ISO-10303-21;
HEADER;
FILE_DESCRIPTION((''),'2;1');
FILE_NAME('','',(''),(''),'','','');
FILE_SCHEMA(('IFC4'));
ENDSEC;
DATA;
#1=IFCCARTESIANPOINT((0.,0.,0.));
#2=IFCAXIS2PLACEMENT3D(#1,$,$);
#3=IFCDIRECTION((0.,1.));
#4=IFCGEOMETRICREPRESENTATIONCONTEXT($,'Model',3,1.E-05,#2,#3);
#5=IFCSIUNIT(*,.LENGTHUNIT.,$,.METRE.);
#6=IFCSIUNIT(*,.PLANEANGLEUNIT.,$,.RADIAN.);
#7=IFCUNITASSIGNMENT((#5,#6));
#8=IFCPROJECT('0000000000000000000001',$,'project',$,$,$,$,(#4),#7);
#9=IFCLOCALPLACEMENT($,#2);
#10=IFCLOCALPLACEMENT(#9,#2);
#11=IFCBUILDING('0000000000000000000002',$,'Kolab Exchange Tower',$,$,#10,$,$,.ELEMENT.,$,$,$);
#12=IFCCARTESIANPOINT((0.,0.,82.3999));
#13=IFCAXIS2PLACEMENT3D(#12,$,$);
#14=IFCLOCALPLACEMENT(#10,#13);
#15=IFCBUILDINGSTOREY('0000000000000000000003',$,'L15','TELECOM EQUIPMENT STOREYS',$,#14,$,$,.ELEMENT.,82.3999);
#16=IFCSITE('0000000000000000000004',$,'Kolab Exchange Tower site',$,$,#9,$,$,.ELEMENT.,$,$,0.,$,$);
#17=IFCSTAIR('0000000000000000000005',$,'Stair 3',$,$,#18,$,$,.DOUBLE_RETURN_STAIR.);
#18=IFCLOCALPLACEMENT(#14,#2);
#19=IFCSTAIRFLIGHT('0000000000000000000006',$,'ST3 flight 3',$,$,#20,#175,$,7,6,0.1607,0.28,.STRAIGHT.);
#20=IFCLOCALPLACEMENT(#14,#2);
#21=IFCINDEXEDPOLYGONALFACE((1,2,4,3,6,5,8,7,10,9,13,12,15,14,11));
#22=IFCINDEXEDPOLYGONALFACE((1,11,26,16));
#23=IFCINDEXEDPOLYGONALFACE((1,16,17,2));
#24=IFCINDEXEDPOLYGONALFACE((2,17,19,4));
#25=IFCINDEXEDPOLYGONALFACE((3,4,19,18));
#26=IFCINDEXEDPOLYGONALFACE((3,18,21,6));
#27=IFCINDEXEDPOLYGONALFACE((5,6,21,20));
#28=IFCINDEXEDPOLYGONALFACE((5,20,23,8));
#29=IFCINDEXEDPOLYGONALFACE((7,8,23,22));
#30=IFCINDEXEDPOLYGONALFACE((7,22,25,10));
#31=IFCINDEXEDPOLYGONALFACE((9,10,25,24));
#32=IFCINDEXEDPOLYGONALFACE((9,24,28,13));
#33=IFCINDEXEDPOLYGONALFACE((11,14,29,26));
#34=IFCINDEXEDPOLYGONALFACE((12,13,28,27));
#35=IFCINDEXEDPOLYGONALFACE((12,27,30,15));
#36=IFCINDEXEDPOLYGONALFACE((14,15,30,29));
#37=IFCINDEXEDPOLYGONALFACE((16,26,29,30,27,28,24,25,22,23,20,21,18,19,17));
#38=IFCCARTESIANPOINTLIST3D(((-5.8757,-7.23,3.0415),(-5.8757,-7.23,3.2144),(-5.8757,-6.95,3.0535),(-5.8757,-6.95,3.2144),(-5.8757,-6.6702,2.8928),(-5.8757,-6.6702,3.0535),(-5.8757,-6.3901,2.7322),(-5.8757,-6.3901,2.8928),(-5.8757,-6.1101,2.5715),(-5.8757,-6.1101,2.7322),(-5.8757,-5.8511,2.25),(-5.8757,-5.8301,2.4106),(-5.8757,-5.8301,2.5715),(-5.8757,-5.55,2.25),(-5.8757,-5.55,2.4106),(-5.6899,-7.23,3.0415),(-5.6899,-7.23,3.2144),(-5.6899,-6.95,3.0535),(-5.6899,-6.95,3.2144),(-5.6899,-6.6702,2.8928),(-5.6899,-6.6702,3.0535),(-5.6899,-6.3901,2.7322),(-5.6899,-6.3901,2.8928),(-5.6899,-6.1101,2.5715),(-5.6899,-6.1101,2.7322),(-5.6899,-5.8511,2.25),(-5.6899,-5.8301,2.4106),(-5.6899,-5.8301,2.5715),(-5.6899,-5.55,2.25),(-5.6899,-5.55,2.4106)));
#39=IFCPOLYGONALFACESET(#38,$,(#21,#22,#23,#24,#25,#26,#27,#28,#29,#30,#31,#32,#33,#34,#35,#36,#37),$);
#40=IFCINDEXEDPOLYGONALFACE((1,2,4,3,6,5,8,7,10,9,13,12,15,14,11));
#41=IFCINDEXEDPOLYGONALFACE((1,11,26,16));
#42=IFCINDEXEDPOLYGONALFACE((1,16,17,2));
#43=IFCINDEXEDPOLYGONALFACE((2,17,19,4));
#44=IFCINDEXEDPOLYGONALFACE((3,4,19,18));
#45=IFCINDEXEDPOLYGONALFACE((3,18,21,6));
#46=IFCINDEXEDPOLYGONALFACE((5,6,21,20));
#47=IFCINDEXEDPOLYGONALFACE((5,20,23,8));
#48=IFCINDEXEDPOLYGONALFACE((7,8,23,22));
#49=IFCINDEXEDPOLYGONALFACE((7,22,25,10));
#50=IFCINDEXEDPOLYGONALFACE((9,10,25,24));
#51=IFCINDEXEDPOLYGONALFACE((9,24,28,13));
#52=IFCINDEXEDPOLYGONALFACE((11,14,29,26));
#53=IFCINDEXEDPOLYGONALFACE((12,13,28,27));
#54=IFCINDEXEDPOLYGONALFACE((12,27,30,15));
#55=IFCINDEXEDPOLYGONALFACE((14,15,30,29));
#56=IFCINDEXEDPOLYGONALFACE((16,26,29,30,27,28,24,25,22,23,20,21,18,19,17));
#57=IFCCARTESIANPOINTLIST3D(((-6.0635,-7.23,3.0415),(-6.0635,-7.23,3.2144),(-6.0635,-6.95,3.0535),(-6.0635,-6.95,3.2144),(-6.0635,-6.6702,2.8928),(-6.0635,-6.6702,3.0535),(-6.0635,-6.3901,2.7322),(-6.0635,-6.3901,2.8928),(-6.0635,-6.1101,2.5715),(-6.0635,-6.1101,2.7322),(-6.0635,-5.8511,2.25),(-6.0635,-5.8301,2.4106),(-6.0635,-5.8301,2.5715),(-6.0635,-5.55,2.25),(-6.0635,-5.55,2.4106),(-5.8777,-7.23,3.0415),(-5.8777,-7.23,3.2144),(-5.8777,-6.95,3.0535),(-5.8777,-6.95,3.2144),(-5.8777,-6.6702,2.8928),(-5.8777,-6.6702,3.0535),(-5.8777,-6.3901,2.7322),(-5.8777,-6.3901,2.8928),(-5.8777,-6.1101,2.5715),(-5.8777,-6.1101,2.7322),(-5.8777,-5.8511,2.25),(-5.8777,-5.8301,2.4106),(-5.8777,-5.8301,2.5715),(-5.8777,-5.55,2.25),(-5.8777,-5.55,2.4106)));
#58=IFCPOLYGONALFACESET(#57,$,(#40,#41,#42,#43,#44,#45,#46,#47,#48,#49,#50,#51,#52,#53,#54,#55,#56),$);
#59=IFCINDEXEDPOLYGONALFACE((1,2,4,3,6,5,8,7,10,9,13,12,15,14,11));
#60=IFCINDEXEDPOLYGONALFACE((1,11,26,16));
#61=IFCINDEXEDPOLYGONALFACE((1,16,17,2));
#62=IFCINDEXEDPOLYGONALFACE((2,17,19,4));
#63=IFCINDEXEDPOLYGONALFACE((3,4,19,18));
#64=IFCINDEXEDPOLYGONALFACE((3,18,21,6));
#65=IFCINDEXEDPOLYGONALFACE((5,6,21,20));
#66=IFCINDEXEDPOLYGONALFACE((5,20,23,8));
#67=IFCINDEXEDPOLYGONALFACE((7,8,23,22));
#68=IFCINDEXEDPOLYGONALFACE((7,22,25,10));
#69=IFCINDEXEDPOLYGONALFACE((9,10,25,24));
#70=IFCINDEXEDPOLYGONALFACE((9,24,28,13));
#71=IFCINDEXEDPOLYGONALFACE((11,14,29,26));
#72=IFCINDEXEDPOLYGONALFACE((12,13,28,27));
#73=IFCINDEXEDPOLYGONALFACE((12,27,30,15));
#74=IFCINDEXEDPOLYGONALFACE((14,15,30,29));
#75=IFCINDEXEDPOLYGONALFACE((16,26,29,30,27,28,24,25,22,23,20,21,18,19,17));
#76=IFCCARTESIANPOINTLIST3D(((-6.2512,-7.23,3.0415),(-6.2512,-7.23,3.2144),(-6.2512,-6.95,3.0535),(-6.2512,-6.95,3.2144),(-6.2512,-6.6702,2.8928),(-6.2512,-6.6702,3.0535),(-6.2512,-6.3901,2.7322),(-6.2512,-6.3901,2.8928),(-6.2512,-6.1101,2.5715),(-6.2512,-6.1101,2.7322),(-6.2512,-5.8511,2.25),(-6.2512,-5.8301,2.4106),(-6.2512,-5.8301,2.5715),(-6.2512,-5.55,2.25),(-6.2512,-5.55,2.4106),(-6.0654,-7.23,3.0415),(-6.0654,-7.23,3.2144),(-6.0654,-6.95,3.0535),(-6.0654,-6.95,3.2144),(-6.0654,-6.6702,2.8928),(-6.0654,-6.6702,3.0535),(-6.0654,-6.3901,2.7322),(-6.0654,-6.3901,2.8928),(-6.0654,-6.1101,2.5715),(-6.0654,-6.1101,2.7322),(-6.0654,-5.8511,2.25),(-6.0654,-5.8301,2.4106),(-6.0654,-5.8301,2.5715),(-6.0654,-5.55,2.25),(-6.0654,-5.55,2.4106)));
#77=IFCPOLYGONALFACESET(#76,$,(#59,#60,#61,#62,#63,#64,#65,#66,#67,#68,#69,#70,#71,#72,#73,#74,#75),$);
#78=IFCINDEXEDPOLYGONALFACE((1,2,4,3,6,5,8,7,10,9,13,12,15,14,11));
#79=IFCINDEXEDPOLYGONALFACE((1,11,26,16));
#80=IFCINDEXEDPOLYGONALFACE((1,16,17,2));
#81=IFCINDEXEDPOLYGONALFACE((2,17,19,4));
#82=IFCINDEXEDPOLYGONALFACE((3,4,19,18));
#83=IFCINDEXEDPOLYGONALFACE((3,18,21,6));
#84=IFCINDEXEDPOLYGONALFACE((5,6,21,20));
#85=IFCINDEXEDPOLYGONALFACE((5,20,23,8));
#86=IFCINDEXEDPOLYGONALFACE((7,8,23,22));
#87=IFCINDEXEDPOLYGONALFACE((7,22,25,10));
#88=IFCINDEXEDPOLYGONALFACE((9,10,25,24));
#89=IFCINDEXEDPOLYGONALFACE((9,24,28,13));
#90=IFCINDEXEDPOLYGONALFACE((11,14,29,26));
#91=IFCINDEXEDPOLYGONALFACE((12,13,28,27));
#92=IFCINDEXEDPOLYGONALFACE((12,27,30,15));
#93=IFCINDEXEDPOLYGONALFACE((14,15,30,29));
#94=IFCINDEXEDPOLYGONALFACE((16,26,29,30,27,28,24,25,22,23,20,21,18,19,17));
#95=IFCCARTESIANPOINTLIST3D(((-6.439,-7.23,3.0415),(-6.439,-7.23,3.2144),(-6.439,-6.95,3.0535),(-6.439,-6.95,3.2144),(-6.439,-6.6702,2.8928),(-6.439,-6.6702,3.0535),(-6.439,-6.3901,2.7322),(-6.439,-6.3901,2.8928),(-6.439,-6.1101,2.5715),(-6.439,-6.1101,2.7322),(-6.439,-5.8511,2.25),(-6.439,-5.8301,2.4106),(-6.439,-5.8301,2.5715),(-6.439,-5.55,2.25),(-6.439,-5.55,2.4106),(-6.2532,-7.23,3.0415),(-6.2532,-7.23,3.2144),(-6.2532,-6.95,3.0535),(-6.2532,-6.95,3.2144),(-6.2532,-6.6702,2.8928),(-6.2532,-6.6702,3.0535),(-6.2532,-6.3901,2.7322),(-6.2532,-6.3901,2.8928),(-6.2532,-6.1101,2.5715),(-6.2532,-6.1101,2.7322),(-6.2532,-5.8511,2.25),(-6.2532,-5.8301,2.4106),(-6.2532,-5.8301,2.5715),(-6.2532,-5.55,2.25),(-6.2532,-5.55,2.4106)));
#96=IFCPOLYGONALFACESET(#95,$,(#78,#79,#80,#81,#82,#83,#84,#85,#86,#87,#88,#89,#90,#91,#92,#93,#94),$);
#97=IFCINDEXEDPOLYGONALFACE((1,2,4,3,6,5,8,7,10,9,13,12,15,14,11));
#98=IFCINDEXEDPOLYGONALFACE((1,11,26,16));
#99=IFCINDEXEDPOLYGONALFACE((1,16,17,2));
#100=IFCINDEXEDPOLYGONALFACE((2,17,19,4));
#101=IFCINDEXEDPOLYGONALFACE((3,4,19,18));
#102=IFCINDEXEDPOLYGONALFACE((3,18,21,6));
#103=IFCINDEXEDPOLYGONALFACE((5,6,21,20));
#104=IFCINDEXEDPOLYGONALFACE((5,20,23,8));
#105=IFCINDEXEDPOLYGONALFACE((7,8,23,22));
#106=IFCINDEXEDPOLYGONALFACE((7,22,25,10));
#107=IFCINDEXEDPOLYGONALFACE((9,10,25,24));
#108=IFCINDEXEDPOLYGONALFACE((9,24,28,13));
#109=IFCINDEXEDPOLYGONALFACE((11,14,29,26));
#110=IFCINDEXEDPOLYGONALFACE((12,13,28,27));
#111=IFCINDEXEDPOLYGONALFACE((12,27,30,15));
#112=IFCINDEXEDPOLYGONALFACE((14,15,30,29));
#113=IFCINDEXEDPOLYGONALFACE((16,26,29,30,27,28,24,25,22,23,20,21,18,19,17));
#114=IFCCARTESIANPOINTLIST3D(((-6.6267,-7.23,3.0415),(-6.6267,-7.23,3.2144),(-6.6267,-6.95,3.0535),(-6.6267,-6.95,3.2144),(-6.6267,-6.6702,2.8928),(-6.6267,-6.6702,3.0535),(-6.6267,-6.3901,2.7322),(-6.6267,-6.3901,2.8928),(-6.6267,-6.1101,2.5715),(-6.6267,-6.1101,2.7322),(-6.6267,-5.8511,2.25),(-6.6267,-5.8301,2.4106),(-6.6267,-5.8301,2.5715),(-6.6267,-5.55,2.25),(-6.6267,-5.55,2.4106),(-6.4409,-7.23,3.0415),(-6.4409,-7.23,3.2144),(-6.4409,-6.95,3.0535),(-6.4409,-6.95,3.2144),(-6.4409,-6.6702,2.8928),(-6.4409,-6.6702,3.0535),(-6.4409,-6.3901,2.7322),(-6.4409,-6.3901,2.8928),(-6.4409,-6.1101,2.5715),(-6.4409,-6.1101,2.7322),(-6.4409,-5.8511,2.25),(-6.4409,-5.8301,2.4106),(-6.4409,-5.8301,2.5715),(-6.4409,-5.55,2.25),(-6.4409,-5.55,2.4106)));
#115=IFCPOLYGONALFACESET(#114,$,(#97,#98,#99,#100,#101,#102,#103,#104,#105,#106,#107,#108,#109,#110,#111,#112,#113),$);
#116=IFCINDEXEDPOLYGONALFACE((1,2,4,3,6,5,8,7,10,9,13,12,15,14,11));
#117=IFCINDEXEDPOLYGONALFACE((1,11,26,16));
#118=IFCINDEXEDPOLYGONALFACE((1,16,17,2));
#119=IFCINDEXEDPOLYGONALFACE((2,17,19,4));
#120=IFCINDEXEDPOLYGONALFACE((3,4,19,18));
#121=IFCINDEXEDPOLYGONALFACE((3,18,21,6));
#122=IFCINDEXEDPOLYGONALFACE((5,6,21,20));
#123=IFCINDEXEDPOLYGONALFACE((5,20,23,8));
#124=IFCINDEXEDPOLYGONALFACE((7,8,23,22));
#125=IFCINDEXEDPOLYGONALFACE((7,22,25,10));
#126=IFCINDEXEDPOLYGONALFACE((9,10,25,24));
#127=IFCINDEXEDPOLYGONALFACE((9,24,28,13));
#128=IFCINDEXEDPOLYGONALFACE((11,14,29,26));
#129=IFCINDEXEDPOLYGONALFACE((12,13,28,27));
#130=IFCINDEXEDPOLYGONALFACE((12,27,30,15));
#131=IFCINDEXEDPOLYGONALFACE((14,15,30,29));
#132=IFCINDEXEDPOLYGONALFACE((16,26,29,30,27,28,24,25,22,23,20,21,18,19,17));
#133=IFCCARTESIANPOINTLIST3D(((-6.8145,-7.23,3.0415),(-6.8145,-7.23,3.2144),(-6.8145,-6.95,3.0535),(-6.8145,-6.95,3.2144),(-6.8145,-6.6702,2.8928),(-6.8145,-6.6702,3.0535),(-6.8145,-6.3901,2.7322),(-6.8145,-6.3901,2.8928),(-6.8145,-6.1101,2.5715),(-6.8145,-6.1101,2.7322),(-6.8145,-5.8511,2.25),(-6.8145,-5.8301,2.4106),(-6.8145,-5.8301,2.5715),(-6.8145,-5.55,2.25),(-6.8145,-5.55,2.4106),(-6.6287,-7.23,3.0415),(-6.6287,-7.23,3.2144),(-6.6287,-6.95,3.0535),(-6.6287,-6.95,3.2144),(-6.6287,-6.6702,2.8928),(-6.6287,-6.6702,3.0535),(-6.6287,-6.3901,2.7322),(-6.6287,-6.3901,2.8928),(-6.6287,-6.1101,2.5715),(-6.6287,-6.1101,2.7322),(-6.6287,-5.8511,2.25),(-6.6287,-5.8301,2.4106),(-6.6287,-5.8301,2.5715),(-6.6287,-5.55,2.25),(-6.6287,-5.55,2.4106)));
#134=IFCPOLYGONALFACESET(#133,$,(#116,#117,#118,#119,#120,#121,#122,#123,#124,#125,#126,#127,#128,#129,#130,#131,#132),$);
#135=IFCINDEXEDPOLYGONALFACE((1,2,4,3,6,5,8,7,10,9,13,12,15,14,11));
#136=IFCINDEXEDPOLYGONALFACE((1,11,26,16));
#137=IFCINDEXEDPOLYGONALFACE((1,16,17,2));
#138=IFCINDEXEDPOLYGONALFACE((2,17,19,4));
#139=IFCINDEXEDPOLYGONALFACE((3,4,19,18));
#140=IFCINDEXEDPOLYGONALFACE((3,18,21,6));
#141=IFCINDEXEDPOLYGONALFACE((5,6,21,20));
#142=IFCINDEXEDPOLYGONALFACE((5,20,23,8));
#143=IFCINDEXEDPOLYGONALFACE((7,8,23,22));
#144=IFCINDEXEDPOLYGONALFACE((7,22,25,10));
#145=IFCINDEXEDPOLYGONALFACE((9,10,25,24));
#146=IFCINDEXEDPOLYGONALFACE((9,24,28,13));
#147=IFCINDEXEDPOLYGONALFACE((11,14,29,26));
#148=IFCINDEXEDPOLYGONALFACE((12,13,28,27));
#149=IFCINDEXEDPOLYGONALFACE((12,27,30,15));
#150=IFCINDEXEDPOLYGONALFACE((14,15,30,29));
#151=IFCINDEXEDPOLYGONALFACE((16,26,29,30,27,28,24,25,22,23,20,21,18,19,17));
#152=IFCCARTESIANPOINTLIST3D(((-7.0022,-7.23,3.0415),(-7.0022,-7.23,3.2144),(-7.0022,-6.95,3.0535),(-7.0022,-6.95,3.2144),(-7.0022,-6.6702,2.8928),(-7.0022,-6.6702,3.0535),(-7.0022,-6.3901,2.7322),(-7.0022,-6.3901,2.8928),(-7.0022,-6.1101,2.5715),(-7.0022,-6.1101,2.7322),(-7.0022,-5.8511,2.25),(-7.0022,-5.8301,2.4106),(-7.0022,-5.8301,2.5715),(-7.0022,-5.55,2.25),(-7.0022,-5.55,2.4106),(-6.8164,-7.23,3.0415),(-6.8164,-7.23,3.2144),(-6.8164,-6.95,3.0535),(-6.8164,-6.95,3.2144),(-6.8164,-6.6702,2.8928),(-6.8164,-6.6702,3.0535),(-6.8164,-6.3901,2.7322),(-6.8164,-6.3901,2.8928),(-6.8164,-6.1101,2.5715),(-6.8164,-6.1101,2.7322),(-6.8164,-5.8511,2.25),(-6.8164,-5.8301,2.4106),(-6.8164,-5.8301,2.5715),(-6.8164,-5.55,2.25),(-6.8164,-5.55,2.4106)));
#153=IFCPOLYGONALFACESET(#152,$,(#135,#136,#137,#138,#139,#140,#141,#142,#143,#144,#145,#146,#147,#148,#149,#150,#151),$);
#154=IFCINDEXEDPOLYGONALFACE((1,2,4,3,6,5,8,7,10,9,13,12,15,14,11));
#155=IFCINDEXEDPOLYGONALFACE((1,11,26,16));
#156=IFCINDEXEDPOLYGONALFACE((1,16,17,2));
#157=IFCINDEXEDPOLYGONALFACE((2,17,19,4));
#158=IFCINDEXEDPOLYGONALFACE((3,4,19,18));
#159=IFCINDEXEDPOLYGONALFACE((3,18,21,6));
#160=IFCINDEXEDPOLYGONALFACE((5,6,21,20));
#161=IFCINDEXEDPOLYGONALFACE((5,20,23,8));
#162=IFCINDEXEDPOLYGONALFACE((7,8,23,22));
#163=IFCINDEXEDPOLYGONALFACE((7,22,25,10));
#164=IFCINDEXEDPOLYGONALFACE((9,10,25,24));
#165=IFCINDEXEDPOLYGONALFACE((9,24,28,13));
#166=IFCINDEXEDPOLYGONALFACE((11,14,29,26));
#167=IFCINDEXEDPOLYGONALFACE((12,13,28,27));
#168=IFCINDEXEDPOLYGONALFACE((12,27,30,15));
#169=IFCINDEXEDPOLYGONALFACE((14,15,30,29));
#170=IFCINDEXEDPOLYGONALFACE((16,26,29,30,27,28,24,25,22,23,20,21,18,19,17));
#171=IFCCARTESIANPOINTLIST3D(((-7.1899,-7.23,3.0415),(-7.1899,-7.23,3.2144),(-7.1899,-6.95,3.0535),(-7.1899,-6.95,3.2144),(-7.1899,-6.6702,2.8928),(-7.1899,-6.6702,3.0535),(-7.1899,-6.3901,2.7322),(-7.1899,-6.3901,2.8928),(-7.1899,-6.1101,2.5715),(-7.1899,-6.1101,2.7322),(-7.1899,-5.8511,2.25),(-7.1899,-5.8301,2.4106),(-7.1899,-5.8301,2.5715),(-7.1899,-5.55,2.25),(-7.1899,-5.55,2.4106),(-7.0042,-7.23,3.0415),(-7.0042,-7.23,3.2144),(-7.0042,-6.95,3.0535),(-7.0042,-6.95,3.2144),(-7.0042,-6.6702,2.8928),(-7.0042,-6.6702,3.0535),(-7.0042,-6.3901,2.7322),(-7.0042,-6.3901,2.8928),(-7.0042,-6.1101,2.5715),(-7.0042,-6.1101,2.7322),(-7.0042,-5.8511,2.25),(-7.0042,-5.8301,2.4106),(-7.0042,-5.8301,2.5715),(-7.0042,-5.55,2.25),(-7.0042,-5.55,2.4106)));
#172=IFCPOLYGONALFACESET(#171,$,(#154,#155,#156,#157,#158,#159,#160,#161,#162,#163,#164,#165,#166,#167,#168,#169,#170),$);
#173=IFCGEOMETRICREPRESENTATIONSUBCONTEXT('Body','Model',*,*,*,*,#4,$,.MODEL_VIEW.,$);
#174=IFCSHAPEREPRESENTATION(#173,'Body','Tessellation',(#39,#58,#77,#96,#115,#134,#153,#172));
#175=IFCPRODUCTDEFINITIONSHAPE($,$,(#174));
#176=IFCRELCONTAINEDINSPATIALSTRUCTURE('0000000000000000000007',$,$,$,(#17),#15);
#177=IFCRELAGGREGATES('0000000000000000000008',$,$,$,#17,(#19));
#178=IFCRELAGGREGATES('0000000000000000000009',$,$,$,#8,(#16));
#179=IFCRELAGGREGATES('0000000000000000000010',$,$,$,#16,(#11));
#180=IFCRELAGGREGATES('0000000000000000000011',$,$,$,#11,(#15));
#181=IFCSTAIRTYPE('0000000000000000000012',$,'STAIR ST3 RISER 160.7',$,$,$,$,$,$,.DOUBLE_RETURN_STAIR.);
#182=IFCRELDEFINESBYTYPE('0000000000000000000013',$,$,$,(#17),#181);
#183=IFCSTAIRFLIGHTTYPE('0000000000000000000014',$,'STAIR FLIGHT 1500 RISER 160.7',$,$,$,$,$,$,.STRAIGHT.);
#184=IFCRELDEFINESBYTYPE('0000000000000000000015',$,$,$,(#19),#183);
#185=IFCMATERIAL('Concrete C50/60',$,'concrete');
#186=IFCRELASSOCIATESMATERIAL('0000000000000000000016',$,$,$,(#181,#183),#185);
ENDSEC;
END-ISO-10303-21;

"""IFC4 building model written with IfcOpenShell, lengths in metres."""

from ifc_helpers import new_model, si_unit, direction, frame, origin, place, context, subcontext, project, spatial, polyline, outline, extrude, material, type_object, element, aggregate, save


model = new_model("IFC4")

# Units and contexts
model_context = context("Model", 3, precision=1e-05, world=origin(), true_north=direction((0.0, 1.0)))
body_context = subcontext(model_context, "Body", "Model", "MODEL_VIEW")
ifc_project = project(units=[si_unit("LENGTHUNIT", "METRE"), si_unit("PLANEANGLEUNIT", "RADIAN")], contexts=[model_context])

# Site, building, storey
site_placement = place(None, origin())
site = spatial("IfcSite", under=ifc_project, at=site_placement, Name="Kolab Exchange Tower site", CompositionType="ELEMENT", RefElevation=0.0)
building_placement = place(site_placement, origin())
building = spatial("IfcBuilding", under=site, at=building_placement, Name="Kolab Exchange Tower", CompositionType="ELEMENT")
storey_placement = place(building_placement, frame((0.0, 0.0, 82.3999)))
storey = spatial("IfcBuildingStorey", under=building, at=storey_placement, Name="L15", Description="TELECOM EQUIPMENT STOREYS", CompositionType="ELEMENT", Elevation=82.3999)

# Shared definitions
ifc_material_1 = material(Name="Concrete C50/60", Category="concrete")

# Stair, stair flight
stair_type = type_object("IfcStairType", Name="STAIR ST3 RISER 160.7", PredefinedType="DOUBLE_RETURN_STAIR", material=ifc_material_1)
stair_placement = place(storey_placement, origin())
stair = element("IfcStair", 1, at=stair_placement, inside=storey, type_object=stair_type, Name="Stair 3", PredefinedType="DOUBLE_RETURN_STAIR")
stair_flight_type = type_object("IfcStairFlightType", Name="STAIR FLIGHT 1500 RISER 160.7", PredefinedType="STRAIGHT", material=ifc_material_1)
stair_flight_1_placement = place(storey_placement, frame((-6.4399, -5.55, 2.25), z_axis=(0.0, 0.0, 1.0), x_axis=(0.0, -1.0, 0.0)))
stair_flight_1 = element("IfcStairFlight", 2, at=stair_flight_1_placement, type_object=stair_flight_type, Name="ST3 flight 3", NumberOfRisers=7, NumberOfTreads=6, PredefinedType="STRAIGHT", RiserHeight=0.1607, TreadLength=0.28, context=body_context, shape_type="SweptSolid", body=[
    extrude(outline(polyline([(0.0, 0.0), (0.0, 0.1606), (0.28, 0.1606), (0.28, 0.3215), (0.5601, 0.3215), (0.5601, 0.4822), (0.8401, 0.4822), (0.8401, 0.6428), (1.1201, 0.6428), (1.1201, 0.8035), (1.3999, 0.8035), (1.3999, 0.9644), (1.6799, 0.9644), (1.6799, 1.125), (1.6799, 0.7915), (0.301, 0.0), (0.0, 0.0)])), frame((0.0, 0.75, 0.0), z_axis=(0.0, -1.0, 0.0), x_axis=(1.0, 0.0, 0.0)), (0.0, 0.0, 1.0), 0.1858),
    extrude(outline(polyline([(0.0, 0.0), (0.0, 0.1606), (0.28, 0.1606), (0.28, 0.3215), (0.5601, 0.3215), (0.5601, 0.4822), (0.8401, 0.4822), (0.8401, 0.6428), (1.1201, 0.6428), (1.1201, 0.8035), (1.3999, 0.8035), (1.3999, 0.9644), (1.6799, 0.9644), (1.6799, 1.125), (1.6799, 0.7915), (0.301, 0.0), (0.0, 0.0)])), frame((0.0, 0.5623, 0.0), z_axis=(0.0, -1.0, 0.0), x_axis=(1.0, 0.0, 0.0)), (0.0, 0.0, 1.0), 0.1858),
    extrude(outline(polyline([(0.0, 0.0), (0.0, 0.1606), (0.28, 0.1606), (0.28, 0.3215), (0.5601, 0.3215), (0.5601, 0.4822), (0.8401, 0.4822), (0.8401, 0.6428), (1.1201, 0.6428), (1.1201, 0.8035), (1.3999, 0.8035), (1.3999, 0.9644), (1.6799, 0.9644), (1.6799, 1.125), (1.6799, 0.7915), (0.301, 0.0), (0.0, 0.0)])), frame((0.0, 0.3745, 0.0), z_axis=(0.0, -1.0, 0.0), x_axis=(1.0, 0.0, 0.0)), (0.0, 0.0, 1.0), 0.1858),
    extrude(outline(polyline([(0.0, 0.0), (0.0, 0.1606), (0.28, 0.1606), (0.28, 0.3215), (0.5601, 0.3215), (0.5601, 0.4822), (0.8401, 0.4822), (0.8401, 0.6428), (1.1201, 0.6428), (1.1201, 0.8035), (1.3999, 0.8035), (1.3999, 0.9644), (1.6799, 0.9644), (1.6799, 1.125), (1.6799, 0.7915), (0.301, 0.0), (0.0, 0.0)])), frame((0.0, 0.1868, 0.0), z_axis=(0.0, -1.0, 0.0), x_axis=(1.0, 0.0, 0.0)), (0.0, 0.0, 1.0), 0.1858),
    extrude(outline(polyline([(0.0, 0.0), (0.0, 0.1606), (0.28, 0.1606), (0.28, 0.3215), (0.5601, 0.3215), (0.5601, 0.4822), (0.8401, 0.4822), (0.8401, 0.6428), (1.1201, 0.6428), (1.1201, 0.8035), (1.3999, 0.8035), (1.3999, 0.9644), (1.6799, 0.9644), (1.6799, 1.125), (1.6799, 0.7915), (0.301, 0.0), (0.0, 0.0)])), frame((0.0, -0.001, 0.0), z_axis=(0.0, -1.0, 0.0), x_axis=(1.0, 0.0, 0.0)), (0.0, 0.0, 1.0), 0.1858),
    extrude(outline(polyline([(0.0, 0.0), (0.0, 0.1606), (0.28, 0.1606), (0.28, 0.3215), (0.5601, 0.3215), (0.5601, 0.4822), (0.8401, 0.4822), (0.8401, 0.6428), (1.1201, 0.6428), (1.1201, 0.8035), (1.3999, 0.8035), (1.3999, 0.9644), (1.6799, 0.9644), (1.6799, 1.125), (1.6799, 0.7915), (0.301, 0.0), (0.0, 0.0)])), frame((0.0, -0.1887, 0.0), z_axis=(0.0, -1.0, 0.0), x_axis=(1.0, 0.0, 0.0)), (0.0, 0.0, 1.0), 0.1858),
    extrude(outline(polyline([(0.0, 0.0), (0.0, 0.1606), (0.28, 0.1606), (0.28, 0.3215), (0.5601, 0.3215), (0.5601, 0.4822), (0.8401, 0.4822), (0.8401, 0.6428), (1.1201, 0.6428), (1.1201, 0.8035), (1.3999, 0.8035), (1.3999, 0.9644), (1.6799, 0.9644), (1.6799, 1.125), (1.6799, 0.7915), (0.301, 0.0), (0.0, 0.0)])), frame((0.0, -0.3765, 0.0), z_axis=(0.0, -1.0, 0.0), x_axis=(1.0, 0.0, 0.0)), (0.0, 0.0, 1.0), 0.1858),
    extrude(outline(polyline([(0.0, 0.0), (0.0, 0.1606), (0.28, 0.1606), (0.28, 0.3215), (0.5601, 0.3215), (0.5601, 0.4822), (0.8401, 0.4822), (0.8401, 0.6428), (1.1201, 0.6428), (1.1201, 0.8035), (1.3999, 0.8035), (1.3999, 0.9644), (1.6799, 0.9644), (1.6799, 1.125), (1.6799, 0.7915), (0.301, 0.0), (0.0, 0.0)])), frame((0.0, -0.5642, 0.0), z_axis=(0.0, -1.0, 0.0), x_axis=(1.0, 0.0, 0.0)), (0.0, 0.0, 1.0), 0.1858),
])
aggregate(stair, [stair_flight_1])

save(model, "model.ifc")
